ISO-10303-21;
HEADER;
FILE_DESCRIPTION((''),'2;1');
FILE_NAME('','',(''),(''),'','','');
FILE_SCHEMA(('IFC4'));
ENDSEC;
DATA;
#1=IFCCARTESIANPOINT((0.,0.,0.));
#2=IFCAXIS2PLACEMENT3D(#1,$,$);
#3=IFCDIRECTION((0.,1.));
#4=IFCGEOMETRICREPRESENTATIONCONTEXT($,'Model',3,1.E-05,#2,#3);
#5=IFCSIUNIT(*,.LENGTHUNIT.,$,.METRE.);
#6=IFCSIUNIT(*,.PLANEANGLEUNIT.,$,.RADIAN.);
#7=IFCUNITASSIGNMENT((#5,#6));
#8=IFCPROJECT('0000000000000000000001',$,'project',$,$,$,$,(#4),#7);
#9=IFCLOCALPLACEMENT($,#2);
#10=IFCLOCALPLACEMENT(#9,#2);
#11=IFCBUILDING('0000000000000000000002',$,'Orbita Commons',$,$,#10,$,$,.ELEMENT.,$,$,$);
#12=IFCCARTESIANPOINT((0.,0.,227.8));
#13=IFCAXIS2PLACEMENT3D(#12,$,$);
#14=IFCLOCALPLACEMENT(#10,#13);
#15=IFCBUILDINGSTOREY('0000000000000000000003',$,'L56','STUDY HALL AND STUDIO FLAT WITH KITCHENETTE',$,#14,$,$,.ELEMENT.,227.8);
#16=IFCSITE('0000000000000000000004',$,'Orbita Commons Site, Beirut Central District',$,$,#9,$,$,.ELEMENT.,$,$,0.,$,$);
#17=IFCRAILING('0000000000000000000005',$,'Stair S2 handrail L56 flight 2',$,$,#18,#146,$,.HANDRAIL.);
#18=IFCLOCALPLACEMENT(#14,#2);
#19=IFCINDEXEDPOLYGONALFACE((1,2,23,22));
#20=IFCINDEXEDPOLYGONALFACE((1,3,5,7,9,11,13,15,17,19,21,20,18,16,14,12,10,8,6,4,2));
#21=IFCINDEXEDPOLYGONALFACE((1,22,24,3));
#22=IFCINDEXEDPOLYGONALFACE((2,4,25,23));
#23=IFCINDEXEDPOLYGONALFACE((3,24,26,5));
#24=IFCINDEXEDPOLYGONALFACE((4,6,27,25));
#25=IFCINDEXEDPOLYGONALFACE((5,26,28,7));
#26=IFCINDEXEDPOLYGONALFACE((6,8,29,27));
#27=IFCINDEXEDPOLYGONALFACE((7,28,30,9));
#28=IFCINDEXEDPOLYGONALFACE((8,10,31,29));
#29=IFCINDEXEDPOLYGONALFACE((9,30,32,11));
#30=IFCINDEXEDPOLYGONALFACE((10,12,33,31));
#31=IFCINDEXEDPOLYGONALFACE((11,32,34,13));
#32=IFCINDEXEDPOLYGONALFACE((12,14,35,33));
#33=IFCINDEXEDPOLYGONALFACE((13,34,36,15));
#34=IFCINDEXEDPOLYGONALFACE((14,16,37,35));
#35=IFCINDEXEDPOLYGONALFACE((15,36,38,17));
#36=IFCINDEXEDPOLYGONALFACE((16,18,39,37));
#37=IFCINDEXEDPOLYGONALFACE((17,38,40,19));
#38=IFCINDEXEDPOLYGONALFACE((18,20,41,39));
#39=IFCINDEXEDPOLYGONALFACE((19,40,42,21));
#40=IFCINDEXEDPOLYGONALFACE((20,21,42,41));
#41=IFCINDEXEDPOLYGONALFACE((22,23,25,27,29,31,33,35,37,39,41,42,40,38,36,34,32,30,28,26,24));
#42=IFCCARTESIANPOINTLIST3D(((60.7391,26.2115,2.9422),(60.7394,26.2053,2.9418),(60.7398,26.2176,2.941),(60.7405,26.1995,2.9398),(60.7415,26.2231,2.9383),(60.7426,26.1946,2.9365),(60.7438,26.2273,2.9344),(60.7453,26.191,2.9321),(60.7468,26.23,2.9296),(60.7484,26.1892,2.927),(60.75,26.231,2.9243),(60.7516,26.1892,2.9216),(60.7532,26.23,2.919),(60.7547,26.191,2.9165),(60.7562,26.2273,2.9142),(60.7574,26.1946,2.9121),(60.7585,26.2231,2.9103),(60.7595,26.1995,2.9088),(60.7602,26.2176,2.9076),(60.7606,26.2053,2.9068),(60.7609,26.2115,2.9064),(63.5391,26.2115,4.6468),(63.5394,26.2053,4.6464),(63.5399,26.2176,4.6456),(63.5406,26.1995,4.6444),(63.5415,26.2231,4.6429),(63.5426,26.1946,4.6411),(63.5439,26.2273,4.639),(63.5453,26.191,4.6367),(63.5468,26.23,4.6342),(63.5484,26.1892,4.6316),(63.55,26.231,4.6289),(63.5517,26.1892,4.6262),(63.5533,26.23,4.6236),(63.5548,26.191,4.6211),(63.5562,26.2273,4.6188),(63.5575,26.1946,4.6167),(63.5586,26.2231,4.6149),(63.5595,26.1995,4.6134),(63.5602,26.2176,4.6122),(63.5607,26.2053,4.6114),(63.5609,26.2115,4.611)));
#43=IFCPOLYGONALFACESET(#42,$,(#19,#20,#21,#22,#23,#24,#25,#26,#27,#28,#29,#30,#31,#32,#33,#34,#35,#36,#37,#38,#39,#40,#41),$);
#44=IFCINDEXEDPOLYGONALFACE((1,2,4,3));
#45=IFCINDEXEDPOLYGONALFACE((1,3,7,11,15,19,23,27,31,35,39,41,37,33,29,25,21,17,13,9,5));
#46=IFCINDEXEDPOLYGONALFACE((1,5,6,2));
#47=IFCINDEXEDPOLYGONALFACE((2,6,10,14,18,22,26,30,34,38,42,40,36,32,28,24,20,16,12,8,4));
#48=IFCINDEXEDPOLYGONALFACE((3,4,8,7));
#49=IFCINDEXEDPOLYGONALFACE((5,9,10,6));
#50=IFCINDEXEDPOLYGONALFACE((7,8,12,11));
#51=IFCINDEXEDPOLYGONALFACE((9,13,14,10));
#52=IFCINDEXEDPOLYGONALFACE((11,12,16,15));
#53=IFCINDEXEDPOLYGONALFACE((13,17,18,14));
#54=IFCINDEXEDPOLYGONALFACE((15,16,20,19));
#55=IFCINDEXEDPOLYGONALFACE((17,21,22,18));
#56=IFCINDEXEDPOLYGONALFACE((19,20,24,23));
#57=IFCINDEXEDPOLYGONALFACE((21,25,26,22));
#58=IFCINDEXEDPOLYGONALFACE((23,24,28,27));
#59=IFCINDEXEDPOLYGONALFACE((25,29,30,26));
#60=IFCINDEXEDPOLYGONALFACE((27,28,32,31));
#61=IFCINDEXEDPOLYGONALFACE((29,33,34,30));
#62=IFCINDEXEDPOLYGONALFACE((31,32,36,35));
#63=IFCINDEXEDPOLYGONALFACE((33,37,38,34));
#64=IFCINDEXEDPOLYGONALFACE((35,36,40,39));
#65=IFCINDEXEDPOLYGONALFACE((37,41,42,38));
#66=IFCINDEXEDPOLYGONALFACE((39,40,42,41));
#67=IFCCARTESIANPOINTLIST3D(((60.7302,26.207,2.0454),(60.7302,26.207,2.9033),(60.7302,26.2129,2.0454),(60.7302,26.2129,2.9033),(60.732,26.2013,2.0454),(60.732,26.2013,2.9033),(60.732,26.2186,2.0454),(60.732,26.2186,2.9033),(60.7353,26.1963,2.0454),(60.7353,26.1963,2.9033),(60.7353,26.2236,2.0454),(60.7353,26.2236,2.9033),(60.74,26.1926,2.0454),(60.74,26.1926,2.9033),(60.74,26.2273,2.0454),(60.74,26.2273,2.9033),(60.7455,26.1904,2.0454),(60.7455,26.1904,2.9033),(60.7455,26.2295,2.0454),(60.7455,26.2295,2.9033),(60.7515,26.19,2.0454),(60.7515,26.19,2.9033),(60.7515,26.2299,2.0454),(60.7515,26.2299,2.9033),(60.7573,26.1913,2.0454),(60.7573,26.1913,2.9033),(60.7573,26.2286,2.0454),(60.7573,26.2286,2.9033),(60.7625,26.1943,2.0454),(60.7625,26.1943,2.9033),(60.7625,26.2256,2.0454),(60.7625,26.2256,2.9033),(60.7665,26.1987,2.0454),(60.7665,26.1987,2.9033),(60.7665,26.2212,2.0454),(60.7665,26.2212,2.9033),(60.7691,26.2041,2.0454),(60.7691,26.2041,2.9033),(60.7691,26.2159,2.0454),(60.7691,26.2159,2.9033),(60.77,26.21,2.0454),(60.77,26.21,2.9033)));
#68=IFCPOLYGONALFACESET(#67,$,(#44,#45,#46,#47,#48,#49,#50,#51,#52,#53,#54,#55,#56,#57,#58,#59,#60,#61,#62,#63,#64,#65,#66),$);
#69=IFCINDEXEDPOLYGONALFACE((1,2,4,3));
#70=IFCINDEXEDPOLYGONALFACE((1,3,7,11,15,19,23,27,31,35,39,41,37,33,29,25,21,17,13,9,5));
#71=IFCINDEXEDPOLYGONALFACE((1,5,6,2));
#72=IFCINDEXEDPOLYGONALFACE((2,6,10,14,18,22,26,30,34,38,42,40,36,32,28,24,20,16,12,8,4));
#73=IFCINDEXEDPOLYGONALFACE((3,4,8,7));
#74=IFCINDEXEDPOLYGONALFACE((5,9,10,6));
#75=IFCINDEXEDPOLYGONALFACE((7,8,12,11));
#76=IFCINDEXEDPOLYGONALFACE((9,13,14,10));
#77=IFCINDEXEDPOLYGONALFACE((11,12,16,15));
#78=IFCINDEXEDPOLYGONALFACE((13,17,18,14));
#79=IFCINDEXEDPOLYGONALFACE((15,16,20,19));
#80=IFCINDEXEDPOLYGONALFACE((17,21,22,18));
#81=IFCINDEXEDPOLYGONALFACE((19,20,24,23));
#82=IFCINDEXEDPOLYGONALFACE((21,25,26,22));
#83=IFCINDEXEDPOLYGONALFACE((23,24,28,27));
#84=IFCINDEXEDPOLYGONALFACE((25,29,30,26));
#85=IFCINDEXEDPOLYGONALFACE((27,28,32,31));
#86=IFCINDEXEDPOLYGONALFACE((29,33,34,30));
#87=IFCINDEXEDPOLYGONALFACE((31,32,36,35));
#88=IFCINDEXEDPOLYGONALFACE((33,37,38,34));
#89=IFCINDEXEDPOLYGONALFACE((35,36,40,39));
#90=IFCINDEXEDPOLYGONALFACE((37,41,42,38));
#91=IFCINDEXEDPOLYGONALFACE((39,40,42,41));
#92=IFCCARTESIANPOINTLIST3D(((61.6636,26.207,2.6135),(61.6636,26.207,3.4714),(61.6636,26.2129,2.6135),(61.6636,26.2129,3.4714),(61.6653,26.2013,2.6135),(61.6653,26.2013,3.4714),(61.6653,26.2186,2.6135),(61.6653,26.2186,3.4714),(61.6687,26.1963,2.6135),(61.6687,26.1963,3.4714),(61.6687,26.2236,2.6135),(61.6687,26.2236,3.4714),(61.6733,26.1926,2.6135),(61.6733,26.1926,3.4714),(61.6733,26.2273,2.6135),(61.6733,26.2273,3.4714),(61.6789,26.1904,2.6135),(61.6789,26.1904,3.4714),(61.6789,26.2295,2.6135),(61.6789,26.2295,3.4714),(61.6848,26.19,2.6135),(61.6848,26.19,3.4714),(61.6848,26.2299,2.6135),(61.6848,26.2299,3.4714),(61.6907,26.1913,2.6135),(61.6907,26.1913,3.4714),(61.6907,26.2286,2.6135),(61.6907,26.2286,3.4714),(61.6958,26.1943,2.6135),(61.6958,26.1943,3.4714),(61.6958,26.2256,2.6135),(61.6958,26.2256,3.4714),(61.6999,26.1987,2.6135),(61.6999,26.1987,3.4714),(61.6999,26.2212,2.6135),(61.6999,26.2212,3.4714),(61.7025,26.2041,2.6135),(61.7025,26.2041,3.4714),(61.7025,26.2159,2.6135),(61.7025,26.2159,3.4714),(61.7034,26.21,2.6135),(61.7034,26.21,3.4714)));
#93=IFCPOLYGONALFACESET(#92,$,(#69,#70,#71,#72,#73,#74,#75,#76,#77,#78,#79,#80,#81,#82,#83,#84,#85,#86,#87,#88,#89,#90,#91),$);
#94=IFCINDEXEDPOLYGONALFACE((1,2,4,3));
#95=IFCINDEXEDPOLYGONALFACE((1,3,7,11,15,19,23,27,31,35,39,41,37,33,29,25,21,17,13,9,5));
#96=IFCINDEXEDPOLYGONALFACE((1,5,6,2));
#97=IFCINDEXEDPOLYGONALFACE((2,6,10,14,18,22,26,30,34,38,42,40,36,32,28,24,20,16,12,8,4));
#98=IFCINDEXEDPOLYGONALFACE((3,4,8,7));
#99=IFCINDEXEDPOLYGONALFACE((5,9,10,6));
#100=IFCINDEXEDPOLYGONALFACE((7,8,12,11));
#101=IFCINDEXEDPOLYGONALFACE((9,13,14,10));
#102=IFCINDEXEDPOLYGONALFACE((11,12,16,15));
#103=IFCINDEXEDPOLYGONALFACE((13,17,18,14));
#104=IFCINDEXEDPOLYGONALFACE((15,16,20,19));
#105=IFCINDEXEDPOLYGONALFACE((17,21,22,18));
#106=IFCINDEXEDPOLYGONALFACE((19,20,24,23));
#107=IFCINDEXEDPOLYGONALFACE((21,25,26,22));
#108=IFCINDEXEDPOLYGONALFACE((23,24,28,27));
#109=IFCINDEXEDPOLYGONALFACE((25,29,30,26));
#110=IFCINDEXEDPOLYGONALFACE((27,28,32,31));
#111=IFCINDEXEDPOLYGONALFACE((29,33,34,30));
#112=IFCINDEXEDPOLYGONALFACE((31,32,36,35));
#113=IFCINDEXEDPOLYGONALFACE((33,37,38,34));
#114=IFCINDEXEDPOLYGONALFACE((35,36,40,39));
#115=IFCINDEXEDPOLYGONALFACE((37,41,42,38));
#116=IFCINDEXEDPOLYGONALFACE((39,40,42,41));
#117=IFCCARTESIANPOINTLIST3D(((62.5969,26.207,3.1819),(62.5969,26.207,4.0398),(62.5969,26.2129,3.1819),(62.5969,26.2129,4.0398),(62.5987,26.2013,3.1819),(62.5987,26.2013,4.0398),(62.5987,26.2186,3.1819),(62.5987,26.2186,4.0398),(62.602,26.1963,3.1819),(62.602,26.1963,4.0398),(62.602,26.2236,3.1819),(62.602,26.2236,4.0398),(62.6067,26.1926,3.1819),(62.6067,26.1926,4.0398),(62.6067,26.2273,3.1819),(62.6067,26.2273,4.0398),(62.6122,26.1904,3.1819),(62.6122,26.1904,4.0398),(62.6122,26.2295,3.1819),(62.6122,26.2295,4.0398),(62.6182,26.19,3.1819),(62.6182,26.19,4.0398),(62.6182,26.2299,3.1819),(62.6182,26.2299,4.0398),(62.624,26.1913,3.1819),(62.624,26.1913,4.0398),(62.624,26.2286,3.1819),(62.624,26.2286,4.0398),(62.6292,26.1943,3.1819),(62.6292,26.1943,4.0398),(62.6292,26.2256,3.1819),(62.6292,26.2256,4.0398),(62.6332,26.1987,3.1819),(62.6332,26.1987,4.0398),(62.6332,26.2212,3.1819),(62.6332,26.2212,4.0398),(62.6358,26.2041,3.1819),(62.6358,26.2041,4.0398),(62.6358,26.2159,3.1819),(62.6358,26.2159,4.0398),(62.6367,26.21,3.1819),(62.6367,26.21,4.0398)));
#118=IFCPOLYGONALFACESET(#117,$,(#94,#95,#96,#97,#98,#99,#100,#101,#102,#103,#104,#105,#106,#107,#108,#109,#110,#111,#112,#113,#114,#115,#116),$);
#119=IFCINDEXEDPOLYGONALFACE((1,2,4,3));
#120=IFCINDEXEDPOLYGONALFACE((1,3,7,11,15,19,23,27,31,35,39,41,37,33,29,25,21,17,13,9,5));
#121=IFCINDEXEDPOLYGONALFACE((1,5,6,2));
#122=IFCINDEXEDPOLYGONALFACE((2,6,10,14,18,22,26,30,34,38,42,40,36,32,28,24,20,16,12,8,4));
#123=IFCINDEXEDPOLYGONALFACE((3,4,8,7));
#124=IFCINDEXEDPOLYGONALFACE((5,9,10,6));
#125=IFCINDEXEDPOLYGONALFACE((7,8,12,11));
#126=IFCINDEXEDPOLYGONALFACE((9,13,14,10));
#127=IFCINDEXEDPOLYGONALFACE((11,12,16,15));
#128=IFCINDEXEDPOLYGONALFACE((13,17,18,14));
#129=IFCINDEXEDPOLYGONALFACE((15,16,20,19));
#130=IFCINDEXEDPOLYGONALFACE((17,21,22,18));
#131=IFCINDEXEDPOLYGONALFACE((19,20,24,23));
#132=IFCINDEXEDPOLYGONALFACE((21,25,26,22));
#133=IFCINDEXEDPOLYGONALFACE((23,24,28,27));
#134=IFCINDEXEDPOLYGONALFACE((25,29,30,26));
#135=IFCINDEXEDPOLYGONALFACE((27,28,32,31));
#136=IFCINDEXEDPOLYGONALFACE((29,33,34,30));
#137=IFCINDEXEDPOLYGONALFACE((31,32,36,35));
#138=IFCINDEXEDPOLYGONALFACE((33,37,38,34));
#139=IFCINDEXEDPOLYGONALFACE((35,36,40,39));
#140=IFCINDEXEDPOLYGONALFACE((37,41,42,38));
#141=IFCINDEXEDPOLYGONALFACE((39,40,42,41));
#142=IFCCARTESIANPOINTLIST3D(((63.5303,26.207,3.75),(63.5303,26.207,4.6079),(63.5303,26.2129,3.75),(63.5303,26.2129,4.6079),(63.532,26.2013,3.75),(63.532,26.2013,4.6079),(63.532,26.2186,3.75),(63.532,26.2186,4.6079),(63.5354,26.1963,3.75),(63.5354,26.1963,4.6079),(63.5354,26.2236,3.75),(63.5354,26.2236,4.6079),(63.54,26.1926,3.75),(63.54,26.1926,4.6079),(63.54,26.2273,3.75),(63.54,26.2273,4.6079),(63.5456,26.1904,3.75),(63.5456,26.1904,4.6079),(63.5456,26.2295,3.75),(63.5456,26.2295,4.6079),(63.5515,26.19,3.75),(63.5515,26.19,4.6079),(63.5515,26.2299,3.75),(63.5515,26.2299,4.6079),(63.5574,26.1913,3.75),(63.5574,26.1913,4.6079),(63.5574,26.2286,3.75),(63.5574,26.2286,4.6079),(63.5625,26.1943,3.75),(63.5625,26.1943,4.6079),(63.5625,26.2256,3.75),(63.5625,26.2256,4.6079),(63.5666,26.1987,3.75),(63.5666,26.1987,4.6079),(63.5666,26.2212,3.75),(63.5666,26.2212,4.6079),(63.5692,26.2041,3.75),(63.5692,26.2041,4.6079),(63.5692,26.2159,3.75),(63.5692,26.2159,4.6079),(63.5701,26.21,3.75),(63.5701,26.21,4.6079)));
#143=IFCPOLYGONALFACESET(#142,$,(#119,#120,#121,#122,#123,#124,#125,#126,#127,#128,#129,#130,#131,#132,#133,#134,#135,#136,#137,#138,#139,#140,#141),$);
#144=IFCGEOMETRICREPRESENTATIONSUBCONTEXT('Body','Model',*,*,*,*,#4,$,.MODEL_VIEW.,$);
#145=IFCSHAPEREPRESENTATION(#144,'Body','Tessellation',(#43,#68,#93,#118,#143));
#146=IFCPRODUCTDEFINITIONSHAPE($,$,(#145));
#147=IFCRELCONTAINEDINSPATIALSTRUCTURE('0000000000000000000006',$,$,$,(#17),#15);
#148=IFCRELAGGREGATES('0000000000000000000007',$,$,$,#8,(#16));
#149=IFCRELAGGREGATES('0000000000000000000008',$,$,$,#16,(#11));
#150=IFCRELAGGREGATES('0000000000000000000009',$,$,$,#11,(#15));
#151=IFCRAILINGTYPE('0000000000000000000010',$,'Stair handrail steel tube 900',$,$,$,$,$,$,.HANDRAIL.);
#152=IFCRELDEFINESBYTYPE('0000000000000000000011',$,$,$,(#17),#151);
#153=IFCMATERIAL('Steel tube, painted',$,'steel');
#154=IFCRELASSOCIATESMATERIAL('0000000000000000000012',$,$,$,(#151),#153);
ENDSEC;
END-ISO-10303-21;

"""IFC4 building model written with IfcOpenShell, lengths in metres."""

from ifc_helpers import new_model, si_unit, direction, frame, origin, origin_2d, place, context, subcontext, project, spatial, circle, extrude, material, type_object, element, save


model = new_model("IFC4")

# Units and contexts
model_context = context("Model", 3, precision=1e-05, world=origin(), true_north=direction((0.0, 1.0)))
body_context = subcontext(model_context, "Body", "Model", "MODEL_VIEW")
ifc_project = project(units=[si_unit("LENGTHUNIT", "METRE"), si_unit("PLANEANGLEUNIT", "RADIAN")], contexts=[model_context])

# Site, building, storey
site_placement = place(None, origin())
site = spatial("IfcSite", under=ifc_project, at=site_placement, Name="Orbita Commons Site, Beirut Central District", CompositionType="ELEMENT", RefElevation=0.0)
building_placement = place(site_placement, origin())
building = spatial("IfcBuilding", under=site, at=building_placement, Name="Orbita Commons", CompositionType="ELEMENT")
storey_placement = place(building_placement, frame((0.0, 0.0, 227.8)))
storey = spatial("IfcBuildingStorey", under=building, at=storey_placement, Name="L56", Description="STUDY HALL AND STUDIO FLAT WITH KITCHENETTE", CompositionType="ELEMENT", Elevation=227.8)

# Railing
ifc_material_1 = material(Name="Steel tube, painted", Category="steel")
railing_type = type_object("IfcRailingType", Name="Stair handrail steel tube 900", PredefinedType="HANDRAIL", material=ifc_material_1)
for number, where, name in (
    (1, (60.75, 26.21, 2.0454), "Stair S2 handrail L56 flight 2"),
):
    element("IfcRailing", number, at=place(storey_placement, frame(where)), inside=storey, type_object=railing_type, Name=name, PredefinedType="HANDRAIL", context=body_context, shape_type="SweptSolid", body=[
        extrude(circle(Radius=0.021, at=origin_2d()), frame((0.0, 0.0, 0.8789), z_axis=(0.85417, 0.0, 0.519994), x_axis=(0.0, 1.0, 0.0)), (0.0, 0.0, 1.0), 3.2781),
        extrude(circle(Radius=0.02, at=origin_2d()), origin(), (0.0, 0.0, 1.0), 0.8579),
        extrude(circle(Radius=0.02, at=origin_2d()), frame((0.9333, 0.0, 0.5681)), (0.0, 0.0, 1.0), 0.8579),
        extrude(circle(Radius=0.02, at=origin_2d()), frame((1.8667, 0.0, 1.1365)), (0.0, 0.0, 1.0), 0.8579),
        extrude(circle(Radius=0.02, at=origin_2d()), frame((2.8, 0.0, 1.7046)), (0.0, 0.0, 1.0), 0.8579),
    ])

save(model, "model.ifc")
